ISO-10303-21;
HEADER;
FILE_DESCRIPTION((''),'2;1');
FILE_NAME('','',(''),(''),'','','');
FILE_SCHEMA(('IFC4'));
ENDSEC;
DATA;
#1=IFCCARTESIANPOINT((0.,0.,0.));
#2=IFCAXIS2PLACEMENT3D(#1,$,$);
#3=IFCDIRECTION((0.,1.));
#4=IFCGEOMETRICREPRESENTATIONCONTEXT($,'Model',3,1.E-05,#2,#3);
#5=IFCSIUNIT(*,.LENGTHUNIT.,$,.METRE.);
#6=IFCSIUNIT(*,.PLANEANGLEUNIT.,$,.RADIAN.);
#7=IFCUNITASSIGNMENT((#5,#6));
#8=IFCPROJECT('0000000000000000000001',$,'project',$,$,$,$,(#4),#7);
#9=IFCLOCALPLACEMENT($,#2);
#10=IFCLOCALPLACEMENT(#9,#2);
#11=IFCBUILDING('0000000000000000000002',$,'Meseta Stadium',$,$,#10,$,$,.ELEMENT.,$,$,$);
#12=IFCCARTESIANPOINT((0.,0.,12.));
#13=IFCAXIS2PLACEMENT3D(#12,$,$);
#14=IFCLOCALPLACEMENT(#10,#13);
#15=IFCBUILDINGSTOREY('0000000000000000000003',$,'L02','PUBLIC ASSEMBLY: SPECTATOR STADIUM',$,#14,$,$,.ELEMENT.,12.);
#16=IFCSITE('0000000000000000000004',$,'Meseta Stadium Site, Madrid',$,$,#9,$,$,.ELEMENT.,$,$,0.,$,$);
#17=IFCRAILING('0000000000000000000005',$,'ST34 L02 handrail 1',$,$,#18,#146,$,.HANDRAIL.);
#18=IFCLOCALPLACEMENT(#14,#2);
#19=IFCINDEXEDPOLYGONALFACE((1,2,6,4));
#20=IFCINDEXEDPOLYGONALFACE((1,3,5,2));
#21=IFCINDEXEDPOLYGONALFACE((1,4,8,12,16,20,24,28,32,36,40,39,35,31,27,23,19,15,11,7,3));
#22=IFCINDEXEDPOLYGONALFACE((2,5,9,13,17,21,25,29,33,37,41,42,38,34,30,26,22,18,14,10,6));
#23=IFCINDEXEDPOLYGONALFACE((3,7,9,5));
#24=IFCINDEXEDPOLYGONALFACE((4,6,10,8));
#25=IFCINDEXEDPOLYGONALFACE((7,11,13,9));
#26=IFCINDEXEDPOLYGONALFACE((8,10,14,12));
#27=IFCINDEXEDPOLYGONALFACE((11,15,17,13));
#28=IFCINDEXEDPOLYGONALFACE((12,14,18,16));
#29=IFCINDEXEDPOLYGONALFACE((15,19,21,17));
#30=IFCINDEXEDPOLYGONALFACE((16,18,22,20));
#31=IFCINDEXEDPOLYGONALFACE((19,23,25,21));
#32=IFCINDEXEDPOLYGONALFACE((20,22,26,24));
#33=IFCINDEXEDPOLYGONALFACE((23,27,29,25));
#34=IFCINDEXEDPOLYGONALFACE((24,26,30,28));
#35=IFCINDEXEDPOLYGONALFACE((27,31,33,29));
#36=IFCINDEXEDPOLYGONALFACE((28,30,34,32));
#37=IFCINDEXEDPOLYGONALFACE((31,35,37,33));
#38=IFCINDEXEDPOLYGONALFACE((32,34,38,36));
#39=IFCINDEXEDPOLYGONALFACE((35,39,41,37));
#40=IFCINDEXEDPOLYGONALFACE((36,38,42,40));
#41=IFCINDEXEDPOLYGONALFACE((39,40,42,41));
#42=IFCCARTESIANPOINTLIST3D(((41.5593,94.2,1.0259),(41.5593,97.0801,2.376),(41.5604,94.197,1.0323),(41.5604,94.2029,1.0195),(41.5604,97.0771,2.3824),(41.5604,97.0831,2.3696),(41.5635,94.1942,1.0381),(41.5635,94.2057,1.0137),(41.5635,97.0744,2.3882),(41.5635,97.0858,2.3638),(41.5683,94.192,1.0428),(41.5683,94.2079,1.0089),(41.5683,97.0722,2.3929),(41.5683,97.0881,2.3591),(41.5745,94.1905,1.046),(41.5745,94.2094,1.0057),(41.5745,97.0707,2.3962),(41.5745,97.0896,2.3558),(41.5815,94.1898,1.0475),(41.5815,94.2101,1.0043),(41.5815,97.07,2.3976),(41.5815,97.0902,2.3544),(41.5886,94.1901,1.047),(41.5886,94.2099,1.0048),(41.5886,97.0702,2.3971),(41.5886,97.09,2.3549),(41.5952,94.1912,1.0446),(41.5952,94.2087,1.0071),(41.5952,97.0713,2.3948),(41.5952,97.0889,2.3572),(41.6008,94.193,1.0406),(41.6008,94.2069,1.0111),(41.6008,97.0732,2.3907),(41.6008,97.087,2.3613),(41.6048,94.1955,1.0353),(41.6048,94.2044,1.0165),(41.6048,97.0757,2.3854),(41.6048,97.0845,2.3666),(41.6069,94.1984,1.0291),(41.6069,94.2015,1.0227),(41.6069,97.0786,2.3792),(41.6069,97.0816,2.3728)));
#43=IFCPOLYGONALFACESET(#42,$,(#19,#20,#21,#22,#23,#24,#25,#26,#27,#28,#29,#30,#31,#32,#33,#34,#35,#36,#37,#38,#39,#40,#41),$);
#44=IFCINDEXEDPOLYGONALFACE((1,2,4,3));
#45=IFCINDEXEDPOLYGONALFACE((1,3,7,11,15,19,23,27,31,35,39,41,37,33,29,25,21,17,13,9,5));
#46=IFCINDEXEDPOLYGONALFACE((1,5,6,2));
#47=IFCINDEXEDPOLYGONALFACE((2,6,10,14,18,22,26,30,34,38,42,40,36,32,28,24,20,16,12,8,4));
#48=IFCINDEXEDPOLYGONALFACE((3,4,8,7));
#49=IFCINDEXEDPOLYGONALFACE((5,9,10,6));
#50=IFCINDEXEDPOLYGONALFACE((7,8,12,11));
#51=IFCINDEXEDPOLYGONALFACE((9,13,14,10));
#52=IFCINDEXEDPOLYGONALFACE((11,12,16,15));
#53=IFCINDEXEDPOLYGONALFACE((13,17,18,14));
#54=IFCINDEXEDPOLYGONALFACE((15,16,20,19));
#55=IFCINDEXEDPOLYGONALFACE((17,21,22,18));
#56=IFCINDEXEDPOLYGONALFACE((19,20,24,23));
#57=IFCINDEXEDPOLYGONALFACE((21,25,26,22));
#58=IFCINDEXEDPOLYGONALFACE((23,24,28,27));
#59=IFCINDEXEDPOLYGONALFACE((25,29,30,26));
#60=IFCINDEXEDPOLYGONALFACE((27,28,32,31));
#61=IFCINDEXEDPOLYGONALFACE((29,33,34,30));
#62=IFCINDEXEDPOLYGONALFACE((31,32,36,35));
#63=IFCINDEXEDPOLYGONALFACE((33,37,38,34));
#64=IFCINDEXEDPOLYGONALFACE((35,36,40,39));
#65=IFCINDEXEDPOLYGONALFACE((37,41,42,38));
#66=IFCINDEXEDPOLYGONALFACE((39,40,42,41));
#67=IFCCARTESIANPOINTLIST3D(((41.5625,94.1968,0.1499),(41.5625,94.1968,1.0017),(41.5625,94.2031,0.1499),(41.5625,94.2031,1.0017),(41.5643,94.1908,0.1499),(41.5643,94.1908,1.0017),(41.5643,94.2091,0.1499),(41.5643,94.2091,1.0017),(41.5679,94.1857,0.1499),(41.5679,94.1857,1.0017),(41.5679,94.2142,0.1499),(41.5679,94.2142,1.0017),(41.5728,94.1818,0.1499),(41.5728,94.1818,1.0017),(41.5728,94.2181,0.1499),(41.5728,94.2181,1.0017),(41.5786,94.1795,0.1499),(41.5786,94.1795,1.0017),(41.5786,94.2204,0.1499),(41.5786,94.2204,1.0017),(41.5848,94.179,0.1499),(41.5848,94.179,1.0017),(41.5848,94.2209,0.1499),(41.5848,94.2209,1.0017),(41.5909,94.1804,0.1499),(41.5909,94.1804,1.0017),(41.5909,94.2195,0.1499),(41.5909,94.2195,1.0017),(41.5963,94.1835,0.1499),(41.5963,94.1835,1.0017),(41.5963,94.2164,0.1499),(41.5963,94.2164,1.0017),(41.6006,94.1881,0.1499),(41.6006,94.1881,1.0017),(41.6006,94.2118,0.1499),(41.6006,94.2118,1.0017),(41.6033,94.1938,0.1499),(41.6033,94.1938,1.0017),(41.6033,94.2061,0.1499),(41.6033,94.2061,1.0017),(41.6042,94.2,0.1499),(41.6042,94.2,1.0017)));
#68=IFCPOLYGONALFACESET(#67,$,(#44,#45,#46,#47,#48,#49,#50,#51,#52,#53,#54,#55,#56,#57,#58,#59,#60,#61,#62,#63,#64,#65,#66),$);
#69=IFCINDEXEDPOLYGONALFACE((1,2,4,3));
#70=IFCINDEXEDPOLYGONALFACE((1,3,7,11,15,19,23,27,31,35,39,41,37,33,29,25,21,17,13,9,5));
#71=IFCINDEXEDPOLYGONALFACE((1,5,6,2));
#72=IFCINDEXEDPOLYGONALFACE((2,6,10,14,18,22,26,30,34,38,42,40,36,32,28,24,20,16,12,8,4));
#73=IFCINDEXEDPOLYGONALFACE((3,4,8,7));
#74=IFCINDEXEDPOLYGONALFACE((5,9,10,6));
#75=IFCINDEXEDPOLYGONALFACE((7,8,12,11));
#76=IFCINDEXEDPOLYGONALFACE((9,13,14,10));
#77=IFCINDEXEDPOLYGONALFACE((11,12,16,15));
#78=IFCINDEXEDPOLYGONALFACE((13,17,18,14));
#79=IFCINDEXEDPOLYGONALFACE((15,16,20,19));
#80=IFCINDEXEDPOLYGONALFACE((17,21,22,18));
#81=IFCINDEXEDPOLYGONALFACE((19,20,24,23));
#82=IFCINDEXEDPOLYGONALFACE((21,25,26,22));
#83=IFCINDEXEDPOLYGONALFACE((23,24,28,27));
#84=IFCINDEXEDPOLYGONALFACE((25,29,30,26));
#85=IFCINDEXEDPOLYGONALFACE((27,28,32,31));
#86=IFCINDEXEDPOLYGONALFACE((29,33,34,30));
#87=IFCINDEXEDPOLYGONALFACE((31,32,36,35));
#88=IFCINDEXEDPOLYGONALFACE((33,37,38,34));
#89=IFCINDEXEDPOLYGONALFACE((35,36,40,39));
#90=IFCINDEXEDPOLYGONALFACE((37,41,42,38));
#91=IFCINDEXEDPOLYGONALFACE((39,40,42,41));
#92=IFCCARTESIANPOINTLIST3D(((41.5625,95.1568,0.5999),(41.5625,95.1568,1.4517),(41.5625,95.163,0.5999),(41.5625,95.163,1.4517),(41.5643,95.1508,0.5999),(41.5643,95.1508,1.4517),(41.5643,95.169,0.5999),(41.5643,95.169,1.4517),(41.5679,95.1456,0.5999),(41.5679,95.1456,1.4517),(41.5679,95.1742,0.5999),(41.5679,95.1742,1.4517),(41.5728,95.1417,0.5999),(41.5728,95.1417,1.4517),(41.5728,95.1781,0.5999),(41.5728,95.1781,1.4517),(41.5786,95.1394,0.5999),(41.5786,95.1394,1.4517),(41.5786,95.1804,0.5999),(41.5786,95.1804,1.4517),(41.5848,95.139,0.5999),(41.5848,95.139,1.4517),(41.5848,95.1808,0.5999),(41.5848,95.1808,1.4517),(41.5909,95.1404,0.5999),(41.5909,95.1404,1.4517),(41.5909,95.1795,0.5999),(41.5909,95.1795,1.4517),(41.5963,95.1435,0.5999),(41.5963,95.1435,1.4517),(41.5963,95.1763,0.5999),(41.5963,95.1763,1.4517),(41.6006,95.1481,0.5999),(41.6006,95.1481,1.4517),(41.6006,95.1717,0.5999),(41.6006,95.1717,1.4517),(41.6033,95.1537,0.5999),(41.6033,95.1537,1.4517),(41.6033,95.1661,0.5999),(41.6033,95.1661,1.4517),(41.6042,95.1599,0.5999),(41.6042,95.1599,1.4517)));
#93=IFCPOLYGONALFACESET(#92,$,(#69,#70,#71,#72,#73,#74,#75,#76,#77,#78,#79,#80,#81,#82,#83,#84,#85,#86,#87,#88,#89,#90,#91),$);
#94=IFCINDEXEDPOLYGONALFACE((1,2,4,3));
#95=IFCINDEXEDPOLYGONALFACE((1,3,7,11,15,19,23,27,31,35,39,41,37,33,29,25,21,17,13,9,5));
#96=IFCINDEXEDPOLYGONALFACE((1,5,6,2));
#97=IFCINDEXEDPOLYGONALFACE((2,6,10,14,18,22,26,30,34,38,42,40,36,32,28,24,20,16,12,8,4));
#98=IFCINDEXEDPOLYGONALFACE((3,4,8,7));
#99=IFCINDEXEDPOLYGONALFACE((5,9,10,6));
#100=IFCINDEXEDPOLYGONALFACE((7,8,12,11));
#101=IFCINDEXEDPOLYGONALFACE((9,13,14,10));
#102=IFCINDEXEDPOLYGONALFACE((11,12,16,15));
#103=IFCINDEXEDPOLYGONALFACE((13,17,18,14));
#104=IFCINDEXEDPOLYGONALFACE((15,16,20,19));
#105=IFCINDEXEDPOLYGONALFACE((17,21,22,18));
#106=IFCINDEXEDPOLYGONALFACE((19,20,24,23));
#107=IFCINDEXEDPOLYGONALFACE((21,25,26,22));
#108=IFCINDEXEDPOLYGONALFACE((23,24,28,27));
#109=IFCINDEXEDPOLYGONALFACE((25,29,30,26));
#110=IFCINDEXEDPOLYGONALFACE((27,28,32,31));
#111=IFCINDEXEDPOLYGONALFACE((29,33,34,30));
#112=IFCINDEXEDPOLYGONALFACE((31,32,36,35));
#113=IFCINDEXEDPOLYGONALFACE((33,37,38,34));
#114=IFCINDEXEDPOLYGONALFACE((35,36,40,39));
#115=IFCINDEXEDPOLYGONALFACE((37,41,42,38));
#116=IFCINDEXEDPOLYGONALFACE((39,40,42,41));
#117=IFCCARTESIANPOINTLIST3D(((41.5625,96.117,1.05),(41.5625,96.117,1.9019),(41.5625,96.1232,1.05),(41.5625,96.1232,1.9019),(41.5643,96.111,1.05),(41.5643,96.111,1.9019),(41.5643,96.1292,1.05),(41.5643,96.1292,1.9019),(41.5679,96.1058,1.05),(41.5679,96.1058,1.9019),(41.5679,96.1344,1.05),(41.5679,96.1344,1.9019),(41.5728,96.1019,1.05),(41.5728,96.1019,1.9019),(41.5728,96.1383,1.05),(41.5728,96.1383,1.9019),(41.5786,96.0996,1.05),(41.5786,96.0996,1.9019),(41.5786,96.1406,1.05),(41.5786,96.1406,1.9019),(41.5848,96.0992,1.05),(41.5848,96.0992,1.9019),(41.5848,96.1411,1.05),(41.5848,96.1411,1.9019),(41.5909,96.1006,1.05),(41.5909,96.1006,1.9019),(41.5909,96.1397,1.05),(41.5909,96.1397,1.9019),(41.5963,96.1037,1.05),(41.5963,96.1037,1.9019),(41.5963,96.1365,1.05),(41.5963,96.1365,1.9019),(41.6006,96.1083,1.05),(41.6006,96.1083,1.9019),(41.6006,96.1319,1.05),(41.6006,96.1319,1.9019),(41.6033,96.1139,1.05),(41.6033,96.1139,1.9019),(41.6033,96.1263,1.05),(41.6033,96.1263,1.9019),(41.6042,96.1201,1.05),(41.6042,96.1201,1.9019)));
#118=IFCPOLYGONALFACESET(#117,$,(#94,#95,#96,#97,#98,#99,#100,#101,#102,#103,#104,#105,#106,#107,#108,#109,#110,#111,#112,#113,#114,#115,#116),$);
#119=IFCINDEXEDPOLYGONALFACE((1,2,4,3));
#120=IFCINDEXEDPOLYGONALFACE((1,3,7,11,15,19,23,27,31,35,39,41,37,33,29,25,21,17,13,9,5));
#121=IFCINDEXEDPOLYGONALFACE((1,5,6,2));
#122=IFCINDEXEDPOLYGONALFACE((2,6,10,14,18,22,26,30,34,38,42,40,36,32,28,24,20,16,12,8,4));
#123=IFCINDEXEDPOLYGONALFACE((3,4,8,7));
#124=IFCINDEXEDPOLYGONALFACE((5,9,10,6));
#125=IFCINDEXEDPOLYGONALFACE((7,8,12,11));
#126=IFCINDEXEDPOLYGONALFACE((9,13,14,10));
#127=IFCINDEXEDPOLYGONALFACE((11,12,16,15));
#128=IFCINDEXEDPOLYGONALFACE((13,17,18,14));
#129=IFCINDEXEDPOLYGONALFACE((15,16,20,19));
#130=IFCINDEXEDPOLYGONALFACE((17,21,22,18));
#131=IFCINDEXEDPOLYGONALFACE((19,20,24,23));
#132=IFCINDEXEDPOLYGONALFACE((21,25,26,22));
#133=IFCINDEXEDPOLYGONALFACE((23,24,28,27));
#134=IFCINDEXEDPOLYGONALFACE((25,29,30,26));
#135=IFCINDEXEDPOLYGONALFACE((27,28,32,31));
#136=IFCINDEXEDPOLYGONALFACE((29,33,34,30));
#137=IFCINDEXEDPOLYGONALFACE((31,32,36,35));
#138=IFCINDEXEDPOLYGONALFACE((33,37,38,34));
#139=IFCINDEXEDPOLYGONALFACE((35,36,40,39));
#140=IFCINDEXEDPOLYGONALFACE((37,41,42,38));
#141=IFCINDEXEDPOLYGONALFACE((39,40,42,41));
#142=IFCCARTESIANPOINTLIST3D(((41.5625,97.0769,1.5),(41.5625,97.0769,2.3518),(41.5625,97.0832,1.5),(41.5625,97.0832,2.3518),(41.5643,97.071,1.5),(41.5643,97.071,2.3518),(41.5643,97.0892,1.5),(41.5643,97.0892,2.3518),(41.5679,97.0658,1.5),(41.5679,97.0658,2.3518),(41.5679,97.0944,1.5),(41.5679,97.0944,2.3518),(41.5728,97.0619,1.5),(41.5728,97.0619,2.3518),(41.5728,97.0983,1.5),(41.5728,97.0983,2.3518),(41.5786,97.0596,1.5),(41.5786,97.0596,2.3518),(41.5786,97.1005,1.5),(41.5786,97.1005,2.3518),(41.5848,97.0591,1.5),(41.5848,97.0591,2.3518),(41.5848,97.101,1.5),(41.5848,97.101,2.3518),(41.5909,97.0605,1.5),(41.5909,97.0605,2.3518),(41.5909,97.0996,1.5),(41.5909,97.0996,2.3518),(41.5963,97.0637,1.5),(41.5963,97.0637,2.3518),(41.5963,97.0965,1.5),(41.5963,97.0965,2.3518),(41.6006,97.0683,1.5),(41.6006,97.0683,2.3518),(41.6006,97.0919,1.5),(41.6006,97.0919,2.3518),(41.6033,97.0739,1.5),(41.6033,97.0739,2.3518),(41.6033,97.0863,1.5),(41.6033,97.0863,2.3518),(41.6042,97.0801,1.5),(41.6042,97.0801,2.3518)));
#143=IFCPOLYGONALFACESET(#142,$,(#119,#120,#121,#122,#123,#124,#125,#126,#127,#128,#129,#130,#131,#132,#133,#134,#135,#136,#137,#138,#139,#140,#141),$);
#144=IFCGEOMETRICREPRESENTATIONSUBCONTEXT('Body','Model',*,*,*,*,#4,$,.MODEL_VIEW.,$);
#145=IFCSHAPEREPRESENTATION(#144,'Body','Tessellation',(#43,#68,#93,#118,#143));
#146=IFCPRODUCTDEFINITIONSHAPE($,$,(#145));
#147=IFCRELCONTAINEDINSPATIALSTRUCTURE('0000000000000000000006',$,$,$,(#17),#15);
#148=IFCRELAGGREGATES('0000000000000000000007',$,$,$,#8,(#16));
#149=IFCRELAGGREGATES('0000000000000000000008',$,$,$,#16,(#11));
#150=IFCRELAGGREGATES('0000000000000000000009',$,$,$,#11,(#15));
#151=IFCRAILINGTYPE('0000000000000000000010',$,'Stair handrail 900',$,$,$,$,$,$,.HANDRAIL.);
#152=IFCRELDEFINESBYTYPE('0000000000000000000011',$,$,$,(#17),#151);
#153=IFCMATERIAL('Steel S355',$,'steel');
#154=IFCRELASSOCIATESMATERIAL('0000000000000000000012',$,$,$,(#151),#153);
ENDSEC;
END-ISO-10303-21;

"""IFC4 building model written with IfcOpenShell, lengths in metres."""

from ifc_helpers import new_model, si_unit, direction, frame, origin, origin_2d, place, context, subcontext, project, spatial, circle, extrude, material, type_object, element, save


model = new_model("IFC4")

# Units and contexts
model_context = context("Model", 3, precision=1e-05, world=origin(), true_north=direction((0.0, 1.0)))
body_context = subcontext(model_context, "Body", "Model", "MODEL_VIEW")
ifc_project = project(units=[si_unit("LENGTHUNIT", "METRE"), si_unit("PLANEANGLEUNIT", "RADIAN")], contexts=[model_context])

# Site, building, storey
site_placement = place(None, origin())
site = spatial("IfcSite", under=ifc_project, at=site_placement, Name="Meseta Stadium Site, Madrid", CompositionType="ELEMENT", RefElevation=0.0)
building_placement = place(site_placement, origin())
building = spatial("IfcBuilding", under=site, at=building_placement, Name="Meseta Stadium", CompositionType="ELEMENT")
storey_placement = place(building_placement, frame((0.0, 0.0, 12.0)))
storey = spatial("IfcBuildingStorey", under=building, at=storey_placement, Name="L02", Description="PUBLIC ASSEMBLY: SPECTATOR STADIUM", CompositionType="ELEMENT", Elevation=12.0)

# Railing
ifc_material_1 = material(Name="Steel S355", Category="steel")
railing_type_1 = type_object("IfcRailingType", Name="Stair handrail 900", PredefinedType="HANDRAIL", material=ifc_material_1)
for number, where, name in (
    (1, (41.5833, 94.2, 0.1499), "ST34 L02 handrail 1"),
):
    element("IfcRailing", number, at=place(storey_placement, frame(where)), inside=storey, type_object=railing_type_1, Name=name, PredefinedType="HANDRAIL", context=body_context, shape_type="SweptSolid", body=[
        extrude(circle(Radius=0.0239, at=origin_2d()), frame((0.0, 0.0, 0.876), z_axis=(0.0, 0.905454, 0.424444), x_axis=(-1.0, 0.0, 0.0)), (0.0, 0.0, 1.0), 3.1809),
        extrude(circle(Radius=0.021, at=origin_2d()), origin(), (0.0, 0.0, 1.0), 0.8518),
        extrude(circle(Radius=0.021, at=origin_2d()), frame((0.0, 0.96, 0.45)), (0.0, 0.0, 1.0), 0.8518),
        extrude(circle(Radius=0.021, at=origin_2d()), frame((0.0, 1.9202, 0.9001)), (0.0, 0.0, 1.0), 0.8518),
        extrude(circle(Radius=0.021, at=origin_2d()), frame((0.0, 2.8801, 1.3501)), (0.0, 0.0, 1.0), 0.8518),
    ])

save(model, "model.ifc")
